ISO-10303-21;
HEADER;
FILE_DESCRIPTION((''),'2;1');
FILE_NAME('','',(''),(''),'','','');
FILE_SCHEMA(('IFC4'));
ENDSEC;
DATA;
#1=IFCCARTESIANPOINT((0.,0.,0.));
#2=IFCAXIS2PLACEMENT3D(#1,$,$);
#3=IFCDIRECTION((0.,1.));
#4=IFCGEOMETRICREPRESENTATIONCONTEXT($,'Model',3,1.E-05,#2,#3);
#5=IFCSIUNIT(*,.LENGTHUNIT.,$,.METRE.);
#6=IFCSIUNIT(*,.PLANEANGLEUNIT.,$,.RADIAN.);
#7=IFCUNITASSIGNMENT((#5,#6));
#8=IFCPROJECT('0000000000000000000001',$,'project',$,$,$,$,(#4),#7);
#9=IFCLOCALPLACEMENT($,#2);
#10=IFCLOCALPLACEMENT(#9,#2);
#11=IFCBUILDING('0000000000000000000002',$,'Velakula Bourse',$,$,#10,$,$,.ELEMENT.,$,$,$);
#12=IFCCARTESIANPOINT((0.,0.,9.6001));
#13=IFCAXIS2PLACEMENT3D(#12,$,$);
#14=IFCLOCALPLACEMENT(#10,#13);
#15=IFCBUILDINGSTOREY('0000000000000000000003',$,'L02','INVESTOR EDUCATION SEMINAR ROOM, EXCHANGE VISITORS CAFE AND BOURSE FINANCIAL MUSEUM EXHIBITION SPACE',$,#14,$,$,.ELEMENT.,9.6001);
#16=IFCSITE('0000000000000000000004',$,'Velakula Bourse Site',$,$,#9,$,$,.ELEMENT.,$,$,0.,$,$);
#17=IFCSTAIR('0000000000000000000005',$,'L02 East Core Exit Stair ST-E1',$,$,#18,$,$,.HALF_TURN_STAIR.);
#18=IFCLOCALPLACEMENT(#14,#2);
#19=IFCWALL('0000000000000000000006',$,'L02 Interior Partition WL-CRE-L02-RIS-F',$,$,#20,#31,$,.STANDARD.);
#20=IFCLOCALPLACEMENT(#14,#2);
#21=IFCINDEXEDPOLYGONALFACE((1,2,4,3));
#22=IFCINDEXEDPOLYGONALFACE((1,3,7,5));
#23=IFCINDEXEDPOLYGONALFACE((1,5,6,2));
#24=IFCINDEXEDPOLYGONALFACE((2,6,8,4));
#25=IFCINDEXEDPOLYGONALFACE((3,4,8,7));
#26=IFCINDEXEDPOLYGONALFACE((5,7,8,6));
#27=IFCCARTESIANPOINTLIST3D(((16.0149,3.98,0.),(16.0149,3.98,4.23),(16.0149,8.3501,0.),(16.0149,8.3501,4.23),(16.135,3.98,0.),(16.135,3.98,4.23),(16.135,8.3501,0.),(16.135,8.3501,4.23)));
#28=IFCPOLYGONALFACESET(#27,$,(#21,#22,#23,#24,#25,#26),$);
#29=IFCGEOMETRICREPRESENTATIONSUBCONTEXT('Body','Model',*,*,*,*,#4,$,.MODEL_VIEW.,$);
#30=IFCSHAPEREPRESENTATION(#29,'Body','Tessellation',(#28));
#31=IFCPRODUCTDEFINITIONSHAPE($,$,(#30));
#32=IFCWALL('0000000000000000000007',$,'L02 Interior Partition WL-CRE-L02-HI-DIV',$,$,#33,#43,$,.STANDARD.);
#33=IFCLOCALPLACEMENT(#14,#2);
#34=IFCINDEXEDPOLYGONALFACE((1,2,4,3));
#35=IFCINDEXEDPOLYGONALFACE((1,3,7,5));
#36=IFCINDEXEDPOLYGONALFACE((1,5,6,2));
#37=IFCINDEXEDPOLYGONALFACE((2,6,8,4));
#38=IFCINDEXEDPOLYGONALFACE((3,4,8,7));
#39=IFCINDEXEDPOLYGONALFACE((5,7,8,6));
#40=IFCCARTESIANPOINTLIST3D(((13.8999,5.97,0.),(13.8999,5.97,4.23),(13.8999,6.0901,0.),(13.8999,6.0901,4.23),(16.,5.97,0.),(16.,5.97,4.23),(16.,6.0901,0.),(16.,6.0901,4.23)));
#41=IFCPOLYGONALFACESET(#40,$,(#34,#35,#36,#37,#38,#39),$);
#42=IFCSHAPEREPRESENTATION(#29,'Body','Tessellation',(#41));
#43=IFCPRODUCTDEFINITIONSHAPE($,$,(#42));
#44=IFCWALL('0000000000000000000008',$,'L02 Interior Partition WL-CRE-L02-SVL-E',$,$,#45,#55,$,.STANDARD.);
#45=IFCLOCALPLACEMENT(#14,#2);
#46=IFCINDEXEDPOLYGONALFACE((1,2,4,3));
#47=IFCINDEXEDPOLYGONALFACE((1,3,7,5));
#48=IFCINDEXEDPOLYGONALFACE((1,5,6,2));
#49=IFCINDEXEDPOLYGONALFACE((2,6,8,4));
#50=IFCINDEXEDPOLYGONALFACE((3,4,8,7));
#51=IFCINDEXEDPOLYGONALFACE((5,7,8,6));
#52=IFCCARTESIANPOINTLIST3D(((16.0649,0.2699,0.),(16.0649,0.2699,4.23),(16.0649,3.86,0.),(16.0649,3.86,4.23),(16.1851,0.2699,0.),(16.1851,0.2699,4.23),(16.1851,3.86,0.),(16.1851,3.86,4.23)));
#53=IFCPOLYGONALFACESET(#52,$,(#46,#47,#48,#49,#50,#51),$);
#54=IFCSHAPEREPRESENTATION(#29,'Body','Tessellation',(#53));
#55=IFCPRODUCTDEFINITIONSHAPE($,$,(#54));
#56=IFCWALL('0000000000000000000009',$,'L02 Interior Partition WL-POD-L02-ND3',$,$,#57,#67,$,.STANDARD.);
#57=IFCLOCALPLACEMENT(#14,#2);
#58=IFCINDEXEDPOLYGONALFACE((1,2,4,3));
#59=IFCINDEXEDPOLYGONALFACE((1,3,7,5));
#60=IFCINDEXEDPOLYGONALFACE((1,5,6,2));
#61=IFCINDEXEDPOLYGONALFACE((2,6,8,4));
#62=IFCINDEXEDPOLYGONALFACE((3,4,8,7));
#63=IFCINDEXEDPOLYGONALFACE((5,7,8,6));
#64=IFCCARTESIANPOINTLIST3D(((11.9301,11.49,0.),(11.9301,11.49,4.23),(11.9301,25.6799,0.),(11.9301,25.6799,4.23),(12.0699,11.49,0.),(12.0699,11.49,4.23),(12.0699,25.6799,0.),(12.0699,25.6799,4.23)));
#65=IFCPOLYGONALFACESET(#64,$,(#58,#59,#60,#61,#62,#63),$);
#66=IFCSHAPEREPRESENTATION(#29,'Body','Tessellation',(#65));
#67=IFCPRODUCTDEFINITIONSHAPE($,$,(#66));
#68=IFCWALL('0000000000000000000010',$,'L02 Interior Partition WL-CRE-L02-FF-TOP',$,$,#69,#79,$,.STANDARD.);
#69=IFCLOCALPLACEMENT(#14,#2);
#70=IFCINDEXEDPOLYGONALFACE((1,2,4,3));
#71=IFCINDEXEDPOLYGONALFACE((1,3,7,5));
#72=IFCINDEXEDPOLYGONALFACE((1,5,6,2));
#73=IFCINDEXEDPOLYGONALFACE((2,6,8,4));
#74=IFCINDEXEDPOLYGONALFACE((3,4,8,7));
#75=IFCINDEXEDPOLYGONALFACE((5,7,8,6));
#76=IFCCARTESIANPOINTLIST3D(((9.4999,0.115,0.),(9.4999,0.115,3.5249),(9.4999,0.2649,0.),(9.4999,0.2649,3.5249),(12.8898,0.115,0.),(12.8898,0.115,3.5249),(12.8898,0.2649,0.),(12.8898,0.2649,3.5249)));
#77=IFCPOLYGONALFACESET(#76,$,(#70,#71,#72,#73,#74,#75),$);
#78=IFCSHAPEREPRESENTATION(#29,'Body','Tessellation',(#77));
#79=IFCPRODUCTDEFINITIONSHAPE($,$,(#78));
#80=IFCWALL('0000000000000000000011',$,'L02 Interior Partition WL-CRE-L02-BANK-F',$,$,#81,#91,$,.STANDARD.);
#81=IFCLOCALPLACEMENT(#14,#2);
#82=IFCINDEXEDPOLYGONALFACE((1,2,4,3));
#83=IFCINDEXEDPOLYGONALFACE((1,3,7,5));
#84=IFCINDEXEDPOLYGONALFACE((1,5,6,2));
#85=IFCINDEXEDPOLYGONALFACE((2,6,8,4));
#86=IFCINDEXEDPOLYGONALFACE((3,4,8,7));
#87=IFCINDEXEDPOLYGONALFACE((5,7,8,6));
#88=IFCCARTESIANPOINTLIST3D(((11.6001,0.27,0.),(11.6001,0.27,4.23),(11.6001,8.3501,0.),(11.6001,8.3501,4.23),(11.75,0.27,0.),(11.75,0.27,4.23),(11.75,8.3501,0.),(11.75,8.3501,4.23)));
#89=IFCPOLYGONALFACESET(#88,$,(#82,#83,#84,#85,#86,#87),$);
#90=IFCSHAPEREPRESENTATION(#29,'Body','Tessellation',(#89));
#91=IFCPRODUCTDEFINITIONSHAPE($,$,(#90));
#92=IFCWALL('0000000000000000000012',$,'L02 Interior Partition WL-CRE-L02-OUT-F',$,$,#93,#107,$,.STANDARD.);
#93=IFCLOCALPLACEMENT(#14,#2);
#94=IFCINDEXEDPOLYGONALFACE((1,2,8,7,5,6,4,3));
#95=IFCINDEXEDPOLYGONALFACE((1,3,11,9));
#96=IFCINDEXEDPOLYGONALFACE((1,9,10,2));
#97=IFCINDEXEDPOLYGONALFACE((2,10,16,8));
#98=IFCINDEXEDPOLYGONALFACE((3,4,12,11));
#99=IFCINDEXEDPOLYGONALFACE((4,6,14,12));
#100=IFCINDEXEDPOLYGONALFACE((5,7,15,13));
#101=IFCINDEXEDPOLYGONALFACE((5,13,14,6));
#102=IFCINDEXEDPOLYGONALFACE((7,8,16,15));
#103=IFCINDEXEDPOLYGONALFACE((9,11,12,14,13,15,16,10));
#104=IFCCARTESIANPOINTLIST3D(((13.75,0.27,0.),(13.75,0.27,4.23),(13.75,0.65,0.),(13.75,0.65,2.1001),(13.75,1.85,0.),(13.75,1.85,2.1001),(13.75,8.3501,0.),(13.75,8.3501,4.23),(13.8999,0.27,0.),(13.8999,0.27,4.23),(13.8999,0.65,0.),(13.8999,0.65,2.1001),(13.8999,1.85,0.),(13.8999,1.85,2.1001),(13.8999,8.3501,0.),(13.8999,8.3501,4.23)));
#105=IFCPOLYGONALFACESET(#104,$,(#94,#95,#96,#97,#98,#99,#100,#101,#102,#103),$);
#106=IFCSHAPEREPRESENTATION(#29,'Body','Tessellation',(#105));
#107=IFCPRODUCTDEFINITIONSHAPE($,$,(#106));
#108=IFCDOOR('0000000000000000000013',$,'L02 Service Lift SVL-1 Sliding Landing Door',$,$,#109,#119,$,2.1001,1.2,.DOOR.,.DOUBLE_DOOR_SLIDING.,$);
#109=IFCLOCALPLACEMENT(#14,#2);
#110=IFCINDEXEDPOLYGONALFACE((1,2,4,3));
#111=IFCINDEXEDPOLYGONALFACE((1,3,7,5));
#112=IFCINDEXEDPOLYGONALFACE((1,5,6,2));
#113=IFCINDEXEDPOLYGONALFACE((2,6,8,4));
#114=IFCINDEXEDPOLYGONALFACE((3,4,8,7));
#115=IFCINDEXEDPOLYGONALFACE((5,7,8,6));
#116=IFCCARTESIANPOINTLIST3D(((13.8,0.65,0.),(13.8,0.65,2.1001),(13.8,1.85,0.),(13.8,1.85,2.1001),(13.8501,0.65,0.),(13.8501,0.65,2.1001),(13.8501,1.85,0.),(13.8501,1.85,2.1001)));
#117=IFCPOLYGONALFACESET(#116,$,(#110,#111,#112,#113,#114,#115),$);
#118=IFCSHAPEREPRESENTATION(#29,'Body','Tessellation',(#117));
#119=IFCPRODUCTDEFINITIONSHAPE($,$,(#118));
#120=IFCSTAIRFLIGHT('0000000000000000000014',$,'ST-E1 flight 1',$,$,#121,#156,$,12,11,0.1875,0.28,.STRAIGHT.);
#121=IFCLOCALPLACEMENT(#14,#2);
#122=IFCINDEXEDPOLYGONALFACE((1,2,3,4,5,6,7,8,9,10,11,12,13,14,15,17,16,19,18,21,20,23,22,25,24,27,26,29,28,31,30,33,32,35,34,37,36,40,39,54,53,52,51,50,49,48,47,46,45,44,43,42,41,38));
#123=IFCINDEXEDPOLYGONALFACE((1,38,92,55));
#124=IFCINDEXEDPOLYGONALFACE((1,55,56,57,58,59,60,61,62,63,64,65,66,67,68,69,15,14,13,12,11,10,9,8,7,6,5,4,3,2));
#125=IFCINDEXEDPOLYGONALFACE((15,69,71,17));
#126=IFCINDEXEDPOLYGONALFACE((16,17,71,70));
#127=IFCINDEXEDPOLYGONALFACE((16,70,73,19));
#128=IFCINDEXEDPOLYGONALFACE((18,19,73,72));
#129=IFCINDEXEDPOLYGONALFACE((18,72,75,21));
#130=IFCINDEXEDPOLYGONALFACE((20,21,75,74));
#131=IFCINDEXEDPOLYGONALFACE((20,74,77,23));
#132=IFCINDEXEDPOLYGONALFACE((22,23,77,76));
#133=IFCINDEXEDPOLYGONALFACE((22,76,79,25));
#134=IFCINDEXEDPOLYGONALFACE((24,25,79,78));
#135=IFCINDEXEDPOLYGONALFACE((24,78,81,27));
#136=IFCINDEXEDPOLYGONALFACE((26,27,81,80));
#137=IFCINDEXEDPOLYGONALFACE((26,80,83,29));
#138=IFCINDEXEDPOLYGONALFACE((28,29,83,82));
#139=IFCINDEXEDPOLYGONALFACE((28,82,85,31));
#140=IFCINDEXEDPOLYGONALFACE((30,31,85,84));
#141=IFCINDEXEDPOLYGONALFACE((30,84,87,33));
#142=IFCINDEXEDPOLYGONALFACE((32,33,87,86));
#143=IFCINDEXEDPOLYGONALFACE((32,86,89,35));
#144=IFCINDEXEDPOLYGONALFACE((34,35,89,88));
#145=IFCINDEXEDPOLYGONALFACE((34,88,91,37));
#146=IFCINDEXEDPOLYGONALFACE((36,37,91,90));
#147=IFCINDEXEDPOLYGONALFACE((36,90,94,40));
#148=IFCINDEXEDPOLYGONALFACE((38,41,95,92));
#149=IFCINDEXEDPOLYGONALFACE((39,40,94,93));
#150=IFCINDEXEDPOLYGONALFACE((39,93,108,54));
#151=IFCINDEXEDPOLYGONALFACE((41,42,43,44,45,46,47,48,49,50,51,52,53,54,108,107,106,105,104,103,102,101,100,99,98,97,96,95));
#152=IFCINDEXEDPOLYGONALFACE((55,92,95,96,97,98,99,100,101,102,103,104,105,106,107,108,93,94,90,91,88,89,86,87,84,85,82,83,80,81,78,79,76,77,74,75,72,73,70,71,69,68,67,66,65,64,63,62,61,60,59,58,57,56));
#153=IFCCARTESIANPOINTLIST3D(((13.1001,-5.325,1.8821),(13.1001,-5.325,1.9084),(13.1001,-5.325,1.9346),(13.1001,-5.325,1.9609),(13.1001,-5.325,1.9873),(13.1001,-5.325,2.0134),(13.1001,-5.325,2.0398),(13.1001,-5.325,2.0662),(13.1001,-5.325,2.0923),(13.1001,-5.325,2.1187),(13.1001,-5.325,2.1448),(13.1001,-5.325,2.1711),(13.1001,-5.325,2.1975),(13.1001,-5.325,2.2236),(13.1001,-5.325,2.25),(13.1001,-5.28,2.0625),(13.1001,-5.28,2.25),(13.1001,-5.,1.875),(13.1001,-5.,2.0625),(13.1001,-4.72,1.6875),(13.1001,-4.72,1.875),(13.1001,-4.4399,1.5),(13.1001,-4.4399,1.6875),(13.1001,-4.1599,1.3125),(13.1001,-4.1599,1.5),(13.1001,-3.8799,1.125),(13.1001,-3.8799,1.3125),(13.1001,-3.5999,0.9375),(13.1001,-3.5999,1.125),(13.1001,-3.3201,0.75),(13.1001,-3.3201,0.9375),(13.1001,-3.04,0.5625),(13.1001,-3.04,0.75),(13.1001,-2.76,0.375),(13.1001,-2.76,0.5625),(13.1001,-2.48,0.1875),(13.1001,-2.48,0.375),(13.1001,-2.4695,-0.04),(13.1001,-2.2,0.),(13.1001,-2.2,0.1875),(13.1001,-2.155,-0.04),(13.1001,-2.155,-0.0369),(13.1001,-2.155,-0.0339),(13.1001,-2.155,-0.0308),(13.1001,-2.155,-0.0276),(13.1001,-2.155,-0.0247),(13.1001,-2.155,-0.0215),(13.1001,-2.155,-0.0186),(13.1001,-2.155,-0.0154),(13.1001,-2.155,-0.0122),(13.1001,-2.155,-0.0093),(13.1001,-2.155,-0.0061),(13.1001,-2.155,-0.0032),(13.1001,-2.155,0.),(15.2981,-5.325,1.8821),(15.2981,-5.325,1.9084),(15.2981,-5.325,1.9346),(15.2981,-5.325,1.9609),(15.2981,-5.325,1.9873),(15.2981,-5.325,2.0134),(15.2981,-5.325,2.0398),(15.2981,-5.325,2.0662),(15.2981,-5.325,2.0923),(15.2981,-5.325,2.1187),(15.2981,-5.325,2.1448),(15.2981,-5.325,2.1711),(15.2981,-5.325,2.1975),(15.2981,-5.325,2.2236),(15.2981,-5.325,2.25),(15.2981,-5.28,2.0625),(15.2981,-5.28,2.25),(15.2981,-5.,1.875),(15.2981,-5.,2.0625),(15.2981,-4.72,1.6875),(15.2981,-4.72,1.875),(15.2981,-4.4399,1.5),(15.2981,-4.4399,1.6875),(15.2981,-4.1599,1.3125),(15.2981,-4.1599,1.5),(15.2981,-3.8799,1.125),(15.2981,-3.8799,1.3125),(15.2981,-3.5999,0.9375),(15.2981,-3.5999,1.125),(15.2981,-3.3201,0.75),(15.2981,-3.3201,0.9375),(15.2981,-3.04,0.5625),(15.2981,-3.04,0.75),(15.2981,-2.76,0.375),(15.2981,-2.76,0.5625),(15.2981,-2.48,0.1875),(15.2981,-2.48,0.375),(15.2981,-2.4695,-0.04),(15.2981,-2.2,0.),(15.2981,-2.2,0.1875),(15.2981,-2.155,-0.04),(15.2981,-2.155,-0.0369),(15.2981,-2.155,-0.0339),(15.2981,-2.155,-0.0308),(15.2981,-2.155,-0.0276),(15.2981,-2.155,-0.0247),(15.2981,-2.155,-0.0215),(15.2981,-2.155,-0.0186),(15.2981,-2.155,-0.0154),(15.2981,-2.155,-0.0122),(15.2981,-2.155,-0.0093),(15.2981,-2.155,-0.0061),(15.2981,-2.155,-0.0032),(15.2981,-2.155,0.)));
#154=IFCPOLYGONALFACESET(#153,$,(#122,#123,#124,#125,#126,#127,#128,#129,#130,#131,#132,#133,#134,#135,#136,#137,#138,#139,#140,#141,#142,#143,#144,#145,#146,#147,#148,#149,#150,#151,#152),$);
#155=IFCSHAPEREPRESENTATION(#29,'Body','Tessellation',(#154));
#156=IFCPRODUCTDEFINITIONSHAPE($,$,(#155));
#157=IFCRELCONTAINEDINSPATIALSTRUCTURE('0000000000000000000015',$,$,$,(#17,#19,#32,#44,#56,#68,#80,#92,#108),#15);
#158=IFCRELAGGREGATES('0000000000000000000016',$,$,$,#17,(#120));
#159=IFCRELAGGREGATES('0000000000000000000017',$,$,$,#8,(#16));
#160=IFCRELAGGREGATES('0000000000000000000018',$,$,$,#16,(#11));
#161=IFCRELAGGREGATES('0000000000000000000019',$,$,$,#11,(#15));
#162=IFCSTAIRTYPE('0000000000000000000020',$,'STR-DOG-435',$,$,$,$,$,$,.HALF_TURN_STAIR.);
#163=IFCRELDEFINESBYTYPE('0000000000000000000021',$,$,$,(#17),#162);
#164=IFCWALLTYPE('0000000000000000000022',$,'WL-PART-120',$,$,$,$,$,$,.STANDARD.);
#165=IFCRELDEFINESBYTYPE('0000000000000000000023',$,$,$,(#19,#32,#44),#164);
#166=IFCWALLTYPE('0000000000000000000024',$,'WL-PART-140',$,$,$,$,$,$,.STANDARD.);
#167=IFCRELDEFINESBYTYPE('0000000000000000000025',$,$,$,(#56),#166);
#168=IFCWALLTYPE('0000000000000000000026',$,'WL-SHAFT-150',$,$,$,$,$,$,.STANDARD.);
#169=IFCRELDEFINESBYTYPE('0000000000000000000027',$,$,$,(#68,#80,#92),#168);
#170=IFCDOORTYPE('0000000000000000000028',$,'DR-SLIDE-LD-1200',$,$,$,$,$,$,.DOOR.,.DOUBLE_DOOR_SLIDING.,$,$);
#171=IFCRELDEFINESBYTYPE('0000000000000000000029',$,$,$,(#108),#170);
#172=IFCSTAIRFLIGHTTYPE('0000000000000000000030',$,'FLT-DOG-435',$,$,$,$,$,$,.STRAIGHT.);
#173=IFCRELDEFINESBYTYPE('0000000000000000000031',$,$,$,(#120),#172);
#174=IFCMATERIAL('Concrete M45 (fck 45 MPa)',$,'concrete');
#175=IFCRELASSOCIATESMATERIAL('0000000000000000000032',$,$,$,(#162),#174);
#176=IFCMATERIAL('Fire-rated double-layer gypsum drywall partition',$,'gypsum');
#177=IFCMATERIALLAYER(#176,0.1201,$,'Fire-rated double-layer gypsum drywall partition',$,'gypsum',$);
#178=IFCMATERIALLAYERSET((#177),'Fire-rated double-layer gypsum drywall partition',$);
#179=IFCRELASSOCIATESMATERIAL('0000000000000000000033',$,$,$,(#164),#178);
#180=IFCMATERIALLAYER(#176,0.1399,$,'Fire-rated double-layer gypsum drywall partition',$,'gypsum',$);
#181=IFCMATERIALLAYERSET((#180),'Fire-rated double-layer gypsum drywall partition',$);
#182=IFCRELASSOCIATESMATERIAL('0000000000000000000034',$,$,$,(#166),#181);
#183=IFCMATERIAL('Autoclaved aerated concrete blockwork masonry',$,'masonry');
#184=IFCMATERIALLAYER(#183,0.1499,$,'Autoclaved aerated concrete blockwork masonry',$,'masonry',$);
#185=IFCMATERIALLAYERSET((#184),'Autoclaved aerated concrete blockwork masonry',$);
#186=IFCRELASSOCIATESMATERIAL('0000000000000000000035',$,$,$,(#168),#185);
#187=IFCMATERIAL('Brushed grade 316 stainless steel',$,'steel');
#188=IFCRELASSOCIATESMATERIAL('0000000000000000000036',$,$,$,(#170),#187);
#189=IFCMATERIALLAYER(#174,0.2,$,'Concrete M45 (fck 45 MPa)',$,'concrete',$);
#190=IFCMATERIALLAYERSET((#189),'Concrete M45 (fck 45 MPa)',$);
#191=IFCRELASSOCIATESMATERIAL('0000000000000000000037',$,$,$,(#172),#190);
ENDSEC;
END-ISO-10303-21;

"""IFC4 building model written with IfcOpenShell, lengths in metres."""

from ifc_helpers import new_model, si_unit, direction, frame, frame_2d, origin, place, context, subcontext, project, spatial, polyline, rectangle, outline, extrude, material, layer, layer_set, type_object, element, fill, aggregate, save


model = new_model("IFC4")

# Units and contexts
model_context = context("Model", 3, precision=1e-05, world=origin(), true_north=direction((0.0, 1.0)))
body_context = subcontext(model_context, "Body", "Model", "MODEL_VIEW")
ifc_project = project(units=[si_unit("LENGTHUNIT", "METRE"), si_unit("PLANEANGLEUNIT", "RADIAN")], contexts=[model_context])

# Site, building, storey
site_placement = place(None, origin())
site = spatial("IfcSite", under=ifc_project, at=site_placement, Name="Velakula Bourse Site", CompositionType="ELEMENT", RefElevation=0.0)
building_placement = place(site_placement, origin())
building = spatial("IfcBuilding", under=site, at=building_placement, Name="Velakula Bourse", CompositionType="ELEMENT")
storey_placement = place(building_placement, frame((0.0, 0.0, 9.6001)))
storey = spatial("IfcBuildingStorey", under=building, at=storey_placement, Name="L02", Description="INVESTOR EDUCATION SEMINAR ROOM, EXCHANGE VISITORS CAFE AND BOURSE FINANCIAL MUSEUM EXHIBITION SPACE", CompositionType="ELEMENT", Elevation=9.6001)

# Stair
ifc_material_1 = material(Name="Concrete M45 (fck 45 MPa)", Category="concrete")
stair_type = type_object("IfcStairType", Name="STR-DOG-435", PredefinedType="HALF_TURN_STAIR", material=ifc_material_1)
stair_1_placement = place(storey_placement, origin())
stair_1 = element("IfcStair", 1, at=stair_1_placement, inside=storey, type_object=stair_type, Name="L02 East Core Exit Stair ST-E1", PredefinedType="HALF_TURN_STAIR")

# Shared definitions
ifc_material_2 = material(Name="Fire-rated double-layer gypsum drywall partition", Category="gypsum")
ifc_layer_1 = layer(ifc_material_2, 0.1201, Name="Fire-rated double-layer gypsum drywall partition", Category="gypsum")
ifc_layer_set_1 = layer_set([ifc_layer_1], Name="Fire-rated double-layer gypsum drywall partition")
wall_type_1 = type_object("IfcWallType", Name="WL-PART-120", PredefinedType="STANDARD", material=ifc_layer_set_1)

# Walls
wall_1_placement = place(storey_placement, frame((16.075, 3.98, 0.0), z_axis=(0.0, 0.0, 1.0), x_axis=(0.0, 1.0, 0.0)))
element("IfcWall", 2, at=wall_1_placement, inside=storey, type_object=wall_type_1, Name="L02 Interior Partition WL-CRE-L02-RIS-F", PredefinedType="STANDARD", context=body_context, shape_type="SweptSolid", body=[
    extrude(rectangle(XDim=4.3701, YDim=0.1201, at=frame_2d((2.1851, 0.0))), origin(), (0.0, 0.0, 1.0), 4.23),
])
wall_2_placement = place(storey_placement, frame((13.8999, 6.03, 0.0), z_axis=(0.0, 0.0, 1.0), x_axis=(1.0, 0.0, 0.0)))
element("IfcWall", 3, at=wall_2_placement, inside=storey, type_object=wall_type_1, Name="L02 Interior Partition WL-CRE-L02-HI-DIV", PredefinedType="STANDARD", context=body_context, shape_type="SweptSolid", body=[
    extrude(rectangle(XDim=2.1001, YDim=0.1201, at=frame_2d((1.05, 0.0))), origin(), (0.0, 0.0, 1.0), 4.23),
])
wall_3_placement = place(storey_placement, frame((16.125, 0.27, 0.0), z_axis=(0.0, 0.0, 1.0), x_axis=(0.0, 1.0, 0.0)))
element("IfcWall", 4, at=wall_3_placement, inside=storey, type_object=wall_type_1, Name="L02 Interior Partition WL-CRE-L02-SVL-E", PredefinedType="STANDARD", context=body_context, shape_type="SweptSolid", body=[
    extrude(rectangle(XDim=3.5901, YDim=0.1201, at=frame_2d((1.7949, 0.0))), origin(), (0.0, 0.0, 1.0), 4.23),
])
ifc_layer_2 = layer(ifc_material_2, 0.1399, Name="Fire-rated double-layer gypsum drywall partition", Category="gypsum")
ifc_layer_set_2 = layer_set([ifc_layer_2], Name="Fire-rated double-layer gypsum drywall partition")
wall_type_2 = type_object("IfcWallType", Name="WL-PART-140", PredefinedType="STANDARD", material=ifc_layer_set_2)
wall_4_placement = place(storey_placement, frame((12.0, 11.49, 0.0), z_axis=(0.0, 0.0, 1.0), x_axis=(0.0, 1.0, 0.0)))
element("IfcWall", 5, at=wall_4_placement, inside=storey, type_object=wall_type_2, Name="L02 Interior Partition WL-POD-L02-ND3", PredefinedType="STANDARD", context=body_context, shape_type="SweptSolid", body=[
    extrude(rectangle(XDim=14.1899, YDim=0.1399, at=frame_2d((7.095, 0.0))), origin(), (0.0, 0.0, 1.0), 4.23),
])
ifc_material_3 = material(Name="Autoclaved aerated concrete blockwork masonry", Category="masonry")
ifc_layer_3 = layer(ifc_material_3, 0.1499, Name="Autoclaved aerated concrete blockwork masonry", Category="masonry")
ifc_layer_set_3 = layer_set([ifc_layer_3], Name="Autoclaved aerated concrete blockwork masonry")
wall_type_3 = type_object("IfcWallType", Name="WL-SHAFT-150", PredefinedType="STANDARD", material=ifc_layer_set_3)
wall_5_placement = place(storey_placement, frame((9.5, 0.1899, 0.0), z_axis=(0.0, 0.0, 1.0), x_axis=(1.0, 0.0, 0.0)))
element("IfcWall", 6, at=wall_5_placement, inside=storey, type_object=wall_type_3, Name="L02 Interior Partition WL-CRE-L02-FF-TOP", PredefinedType="STANDARD", context=body_context, shape_type="SweptSolid", body=[
    extrude(rectangle(XDim=3.3899, YDim=0.1499, at=frame_2d((1.6948, 0.0))), origin(), (0.0, 0.0, 1.0), 3.5249),
])
wall_6_placement = place(storey_placement, frame((11.675, 0.27, 0.0), z_axis=(0.0, 0.0, 1.0), x_axis=(0.0, 1.0, 0.0)))
element("IfcWall", 7, at=wall_6_placement, inside=storey, type_object=wall_type_3, Name="L02 Interior Partition WL-CRE-L02-BANK-F", PredefinedType="STANDARD", context=body_context, shape_type="SweptSolid", body=[
    extrude(rectangle(XDim=8.0801, YDim=0.1499, at=frame_2d((4.04, 0.0))), origin(), (0.0, 0.0, 1.0), 4.23),
])

# Wall, opening, door
wall_7_placement = place(storey_placement, frame((13.825, 0.27, 0.0), z_axis=(0.0, 0.0, 1.0), x_axis=(0.0, 1.0, 0.0)))
wall_7 = element("IfcWall", 8, at=wall_7_placement, inside=storey, type_object=wall_type_3, Name="L02 Interior Partition WL-CRE-L02-OUT-F", PredefinedType="STANDARD", context=body_context, shape_type="SweptSolid", body=[
    extrude(rectangle(XDim=8.0801, YDim=0.1499, at=frame_2d((4.04, 0.0))), origin(), (0.0, 0.0, 1.0), 4.23),
])
opening_1_placement = place(wall_7_placement, frame((0.3799, 0.0, 0.0)))
opening_1 = element("IfcOpeningElement", 9, at=opening_1_placement, cuts=wall_7, PredefinedType="OPENING", context=body_context, shape_type="SweptSolid", body=[
    extrude(rectangle(XDim=1.2, YDim=2.1001, at=frame_2d((0.6001, 1.05))), frame((0.0, 0.085, 0.0), z_axis=(0.0, -1.0, 0.0), x_axis=(1.0, 0.0, 0.0)), (0.0, 0.0, 1.0), 0.1699),
])
ifc_material_4 = material(Name="Brushed grade 316 stainless steel", Category="steel")
door_type_1 = type_object("IfcDoorType", Name="DR-SLIDE-LD-1200", OperationType="DOUBLE_DOOR_SLIDING", PredefinedType="DOOR", material=ifc_material_4)
door_1_placement = place(opening_1_placement, origin())
door_1 = element("IfcDoor", 10, at=door_1_placement, inside=storey, type_object=door_type_1, Name="L02 Service Lift SVL-1 Sliding Landing Door", OperationType="DOUBLE_DOOR_SLIDING", OverallHeight=2.1001, OverallWidth=1.2, PredefinedType="DOOR", context=body_context, shape_type="SweptSolid", body=[
    extrude(rectangle(XDim=1.2, YDim=2.1001, at=frame_2d((0.6001, 1.05))), frame((0.0, 0.0249, 0.0), z_axis=(0.0, -1.0, 0.0), x_axis=(1.0, 0.0, 0.0)), (0.0, 0.0, 1.0), 0.05),
])
fill(opening_1, door_1)

# Stair flight
ifc_layer_4 = layer(ifc_material_1, 0.2, Name="Concrete M45 (fck 45 MPa)", Category="concrete")
ifc_layer_set_4 = layer_set([ifc_layer_4], Name="Concrete M45 (fck 45 MPa)")
stair_flight_type = type_object("IfcStairFlightType", Name="FLT-DOG-435", PredefinedType="STRAIGHT", material=ifc_layer_set_4)
stair_flight_placement = place(storey_placement, frame((14.199, -2.2, 0.0), z_axis=(0.0, 0.0, 1.0), x_axis=(0.0, -1.0, 0.0)))
stair_flight = element("IfcStairFlight", 11, at=stair_flight_placement, type_object=stair_flight_type, Name="ST-E1 flight 1", NumberOfRisers=12, NumberOfTreads=11, PredefinedType="STRAIGHT", RiserHeight=0.1875, TreadLength=0.28, context=body_context, shape_type="SweptSolid", body=[
    extrude(outline(polyline([(-0.0449, -0.04), (-0.0449, -0.0369), (-0.0449, -0.0339), (-0.0449, -0.0308), (-0.0449, -0.0276), (-0.0449, -0.0247), (-0.0449, -0.0215), (-0.0449, -0.0186), (-0.0449, -0.0154), (-0.0449, -0.0122), (-0.0449, -0.0093), (-0.0449, -0.0061), (-0.0449, -0.0032), (-0.0449, 0.0), (0.0, 0.0), (0.0, 0.1875), (0.28, 0.1875), (0.28, 0.375), (0.5601, 0.375), (0.5601, 0.5625), (0.8401, 0.5625), (0.8401, 0.75), (1.1201, 0.75), (1.1201, 0.9375), (1.3999, 0.9375), (1.3999, 1.125), (1.6799, 1.125), (1.6799, 1.3125), (1.96, 1.3125), (1.96, 1.5), (2.24, 1.5), (2.24, 1.6875), (2.52, 1.6875), (2.52, 1.875), (2.8, 1.875), (2.8, 2.0625), (3.0801, 2.0625), (3.0801, 2.25), (3.125, 2.25), (3.125, 2.2236), (3.125, 2.1975), (3.125, 2.1711), (3.125, 2.1448), (3.125, 2.1187), (3.125, 2.0923), (3.125, 2.0662), (3.125, 2.0398), (3.125, 2.0134), (3.125, 1.9873), (3.125, 1.9609), (3.125, 1.9346), (3.125, 1.9084), (3.125, 1.8821), (0.2695, -0.04), (-0.0449, -0.04)])), frame((0.0, 1.0991, 0.0), z_axis=(0.0, -1.0, 0.0), x_axis=(1.0, 0.0, 0.0)), (0.0, 0.0, 1.0), 2.198),
])
aggregate(stair_1, [stair_flight])

save(model, "model.ifc")
